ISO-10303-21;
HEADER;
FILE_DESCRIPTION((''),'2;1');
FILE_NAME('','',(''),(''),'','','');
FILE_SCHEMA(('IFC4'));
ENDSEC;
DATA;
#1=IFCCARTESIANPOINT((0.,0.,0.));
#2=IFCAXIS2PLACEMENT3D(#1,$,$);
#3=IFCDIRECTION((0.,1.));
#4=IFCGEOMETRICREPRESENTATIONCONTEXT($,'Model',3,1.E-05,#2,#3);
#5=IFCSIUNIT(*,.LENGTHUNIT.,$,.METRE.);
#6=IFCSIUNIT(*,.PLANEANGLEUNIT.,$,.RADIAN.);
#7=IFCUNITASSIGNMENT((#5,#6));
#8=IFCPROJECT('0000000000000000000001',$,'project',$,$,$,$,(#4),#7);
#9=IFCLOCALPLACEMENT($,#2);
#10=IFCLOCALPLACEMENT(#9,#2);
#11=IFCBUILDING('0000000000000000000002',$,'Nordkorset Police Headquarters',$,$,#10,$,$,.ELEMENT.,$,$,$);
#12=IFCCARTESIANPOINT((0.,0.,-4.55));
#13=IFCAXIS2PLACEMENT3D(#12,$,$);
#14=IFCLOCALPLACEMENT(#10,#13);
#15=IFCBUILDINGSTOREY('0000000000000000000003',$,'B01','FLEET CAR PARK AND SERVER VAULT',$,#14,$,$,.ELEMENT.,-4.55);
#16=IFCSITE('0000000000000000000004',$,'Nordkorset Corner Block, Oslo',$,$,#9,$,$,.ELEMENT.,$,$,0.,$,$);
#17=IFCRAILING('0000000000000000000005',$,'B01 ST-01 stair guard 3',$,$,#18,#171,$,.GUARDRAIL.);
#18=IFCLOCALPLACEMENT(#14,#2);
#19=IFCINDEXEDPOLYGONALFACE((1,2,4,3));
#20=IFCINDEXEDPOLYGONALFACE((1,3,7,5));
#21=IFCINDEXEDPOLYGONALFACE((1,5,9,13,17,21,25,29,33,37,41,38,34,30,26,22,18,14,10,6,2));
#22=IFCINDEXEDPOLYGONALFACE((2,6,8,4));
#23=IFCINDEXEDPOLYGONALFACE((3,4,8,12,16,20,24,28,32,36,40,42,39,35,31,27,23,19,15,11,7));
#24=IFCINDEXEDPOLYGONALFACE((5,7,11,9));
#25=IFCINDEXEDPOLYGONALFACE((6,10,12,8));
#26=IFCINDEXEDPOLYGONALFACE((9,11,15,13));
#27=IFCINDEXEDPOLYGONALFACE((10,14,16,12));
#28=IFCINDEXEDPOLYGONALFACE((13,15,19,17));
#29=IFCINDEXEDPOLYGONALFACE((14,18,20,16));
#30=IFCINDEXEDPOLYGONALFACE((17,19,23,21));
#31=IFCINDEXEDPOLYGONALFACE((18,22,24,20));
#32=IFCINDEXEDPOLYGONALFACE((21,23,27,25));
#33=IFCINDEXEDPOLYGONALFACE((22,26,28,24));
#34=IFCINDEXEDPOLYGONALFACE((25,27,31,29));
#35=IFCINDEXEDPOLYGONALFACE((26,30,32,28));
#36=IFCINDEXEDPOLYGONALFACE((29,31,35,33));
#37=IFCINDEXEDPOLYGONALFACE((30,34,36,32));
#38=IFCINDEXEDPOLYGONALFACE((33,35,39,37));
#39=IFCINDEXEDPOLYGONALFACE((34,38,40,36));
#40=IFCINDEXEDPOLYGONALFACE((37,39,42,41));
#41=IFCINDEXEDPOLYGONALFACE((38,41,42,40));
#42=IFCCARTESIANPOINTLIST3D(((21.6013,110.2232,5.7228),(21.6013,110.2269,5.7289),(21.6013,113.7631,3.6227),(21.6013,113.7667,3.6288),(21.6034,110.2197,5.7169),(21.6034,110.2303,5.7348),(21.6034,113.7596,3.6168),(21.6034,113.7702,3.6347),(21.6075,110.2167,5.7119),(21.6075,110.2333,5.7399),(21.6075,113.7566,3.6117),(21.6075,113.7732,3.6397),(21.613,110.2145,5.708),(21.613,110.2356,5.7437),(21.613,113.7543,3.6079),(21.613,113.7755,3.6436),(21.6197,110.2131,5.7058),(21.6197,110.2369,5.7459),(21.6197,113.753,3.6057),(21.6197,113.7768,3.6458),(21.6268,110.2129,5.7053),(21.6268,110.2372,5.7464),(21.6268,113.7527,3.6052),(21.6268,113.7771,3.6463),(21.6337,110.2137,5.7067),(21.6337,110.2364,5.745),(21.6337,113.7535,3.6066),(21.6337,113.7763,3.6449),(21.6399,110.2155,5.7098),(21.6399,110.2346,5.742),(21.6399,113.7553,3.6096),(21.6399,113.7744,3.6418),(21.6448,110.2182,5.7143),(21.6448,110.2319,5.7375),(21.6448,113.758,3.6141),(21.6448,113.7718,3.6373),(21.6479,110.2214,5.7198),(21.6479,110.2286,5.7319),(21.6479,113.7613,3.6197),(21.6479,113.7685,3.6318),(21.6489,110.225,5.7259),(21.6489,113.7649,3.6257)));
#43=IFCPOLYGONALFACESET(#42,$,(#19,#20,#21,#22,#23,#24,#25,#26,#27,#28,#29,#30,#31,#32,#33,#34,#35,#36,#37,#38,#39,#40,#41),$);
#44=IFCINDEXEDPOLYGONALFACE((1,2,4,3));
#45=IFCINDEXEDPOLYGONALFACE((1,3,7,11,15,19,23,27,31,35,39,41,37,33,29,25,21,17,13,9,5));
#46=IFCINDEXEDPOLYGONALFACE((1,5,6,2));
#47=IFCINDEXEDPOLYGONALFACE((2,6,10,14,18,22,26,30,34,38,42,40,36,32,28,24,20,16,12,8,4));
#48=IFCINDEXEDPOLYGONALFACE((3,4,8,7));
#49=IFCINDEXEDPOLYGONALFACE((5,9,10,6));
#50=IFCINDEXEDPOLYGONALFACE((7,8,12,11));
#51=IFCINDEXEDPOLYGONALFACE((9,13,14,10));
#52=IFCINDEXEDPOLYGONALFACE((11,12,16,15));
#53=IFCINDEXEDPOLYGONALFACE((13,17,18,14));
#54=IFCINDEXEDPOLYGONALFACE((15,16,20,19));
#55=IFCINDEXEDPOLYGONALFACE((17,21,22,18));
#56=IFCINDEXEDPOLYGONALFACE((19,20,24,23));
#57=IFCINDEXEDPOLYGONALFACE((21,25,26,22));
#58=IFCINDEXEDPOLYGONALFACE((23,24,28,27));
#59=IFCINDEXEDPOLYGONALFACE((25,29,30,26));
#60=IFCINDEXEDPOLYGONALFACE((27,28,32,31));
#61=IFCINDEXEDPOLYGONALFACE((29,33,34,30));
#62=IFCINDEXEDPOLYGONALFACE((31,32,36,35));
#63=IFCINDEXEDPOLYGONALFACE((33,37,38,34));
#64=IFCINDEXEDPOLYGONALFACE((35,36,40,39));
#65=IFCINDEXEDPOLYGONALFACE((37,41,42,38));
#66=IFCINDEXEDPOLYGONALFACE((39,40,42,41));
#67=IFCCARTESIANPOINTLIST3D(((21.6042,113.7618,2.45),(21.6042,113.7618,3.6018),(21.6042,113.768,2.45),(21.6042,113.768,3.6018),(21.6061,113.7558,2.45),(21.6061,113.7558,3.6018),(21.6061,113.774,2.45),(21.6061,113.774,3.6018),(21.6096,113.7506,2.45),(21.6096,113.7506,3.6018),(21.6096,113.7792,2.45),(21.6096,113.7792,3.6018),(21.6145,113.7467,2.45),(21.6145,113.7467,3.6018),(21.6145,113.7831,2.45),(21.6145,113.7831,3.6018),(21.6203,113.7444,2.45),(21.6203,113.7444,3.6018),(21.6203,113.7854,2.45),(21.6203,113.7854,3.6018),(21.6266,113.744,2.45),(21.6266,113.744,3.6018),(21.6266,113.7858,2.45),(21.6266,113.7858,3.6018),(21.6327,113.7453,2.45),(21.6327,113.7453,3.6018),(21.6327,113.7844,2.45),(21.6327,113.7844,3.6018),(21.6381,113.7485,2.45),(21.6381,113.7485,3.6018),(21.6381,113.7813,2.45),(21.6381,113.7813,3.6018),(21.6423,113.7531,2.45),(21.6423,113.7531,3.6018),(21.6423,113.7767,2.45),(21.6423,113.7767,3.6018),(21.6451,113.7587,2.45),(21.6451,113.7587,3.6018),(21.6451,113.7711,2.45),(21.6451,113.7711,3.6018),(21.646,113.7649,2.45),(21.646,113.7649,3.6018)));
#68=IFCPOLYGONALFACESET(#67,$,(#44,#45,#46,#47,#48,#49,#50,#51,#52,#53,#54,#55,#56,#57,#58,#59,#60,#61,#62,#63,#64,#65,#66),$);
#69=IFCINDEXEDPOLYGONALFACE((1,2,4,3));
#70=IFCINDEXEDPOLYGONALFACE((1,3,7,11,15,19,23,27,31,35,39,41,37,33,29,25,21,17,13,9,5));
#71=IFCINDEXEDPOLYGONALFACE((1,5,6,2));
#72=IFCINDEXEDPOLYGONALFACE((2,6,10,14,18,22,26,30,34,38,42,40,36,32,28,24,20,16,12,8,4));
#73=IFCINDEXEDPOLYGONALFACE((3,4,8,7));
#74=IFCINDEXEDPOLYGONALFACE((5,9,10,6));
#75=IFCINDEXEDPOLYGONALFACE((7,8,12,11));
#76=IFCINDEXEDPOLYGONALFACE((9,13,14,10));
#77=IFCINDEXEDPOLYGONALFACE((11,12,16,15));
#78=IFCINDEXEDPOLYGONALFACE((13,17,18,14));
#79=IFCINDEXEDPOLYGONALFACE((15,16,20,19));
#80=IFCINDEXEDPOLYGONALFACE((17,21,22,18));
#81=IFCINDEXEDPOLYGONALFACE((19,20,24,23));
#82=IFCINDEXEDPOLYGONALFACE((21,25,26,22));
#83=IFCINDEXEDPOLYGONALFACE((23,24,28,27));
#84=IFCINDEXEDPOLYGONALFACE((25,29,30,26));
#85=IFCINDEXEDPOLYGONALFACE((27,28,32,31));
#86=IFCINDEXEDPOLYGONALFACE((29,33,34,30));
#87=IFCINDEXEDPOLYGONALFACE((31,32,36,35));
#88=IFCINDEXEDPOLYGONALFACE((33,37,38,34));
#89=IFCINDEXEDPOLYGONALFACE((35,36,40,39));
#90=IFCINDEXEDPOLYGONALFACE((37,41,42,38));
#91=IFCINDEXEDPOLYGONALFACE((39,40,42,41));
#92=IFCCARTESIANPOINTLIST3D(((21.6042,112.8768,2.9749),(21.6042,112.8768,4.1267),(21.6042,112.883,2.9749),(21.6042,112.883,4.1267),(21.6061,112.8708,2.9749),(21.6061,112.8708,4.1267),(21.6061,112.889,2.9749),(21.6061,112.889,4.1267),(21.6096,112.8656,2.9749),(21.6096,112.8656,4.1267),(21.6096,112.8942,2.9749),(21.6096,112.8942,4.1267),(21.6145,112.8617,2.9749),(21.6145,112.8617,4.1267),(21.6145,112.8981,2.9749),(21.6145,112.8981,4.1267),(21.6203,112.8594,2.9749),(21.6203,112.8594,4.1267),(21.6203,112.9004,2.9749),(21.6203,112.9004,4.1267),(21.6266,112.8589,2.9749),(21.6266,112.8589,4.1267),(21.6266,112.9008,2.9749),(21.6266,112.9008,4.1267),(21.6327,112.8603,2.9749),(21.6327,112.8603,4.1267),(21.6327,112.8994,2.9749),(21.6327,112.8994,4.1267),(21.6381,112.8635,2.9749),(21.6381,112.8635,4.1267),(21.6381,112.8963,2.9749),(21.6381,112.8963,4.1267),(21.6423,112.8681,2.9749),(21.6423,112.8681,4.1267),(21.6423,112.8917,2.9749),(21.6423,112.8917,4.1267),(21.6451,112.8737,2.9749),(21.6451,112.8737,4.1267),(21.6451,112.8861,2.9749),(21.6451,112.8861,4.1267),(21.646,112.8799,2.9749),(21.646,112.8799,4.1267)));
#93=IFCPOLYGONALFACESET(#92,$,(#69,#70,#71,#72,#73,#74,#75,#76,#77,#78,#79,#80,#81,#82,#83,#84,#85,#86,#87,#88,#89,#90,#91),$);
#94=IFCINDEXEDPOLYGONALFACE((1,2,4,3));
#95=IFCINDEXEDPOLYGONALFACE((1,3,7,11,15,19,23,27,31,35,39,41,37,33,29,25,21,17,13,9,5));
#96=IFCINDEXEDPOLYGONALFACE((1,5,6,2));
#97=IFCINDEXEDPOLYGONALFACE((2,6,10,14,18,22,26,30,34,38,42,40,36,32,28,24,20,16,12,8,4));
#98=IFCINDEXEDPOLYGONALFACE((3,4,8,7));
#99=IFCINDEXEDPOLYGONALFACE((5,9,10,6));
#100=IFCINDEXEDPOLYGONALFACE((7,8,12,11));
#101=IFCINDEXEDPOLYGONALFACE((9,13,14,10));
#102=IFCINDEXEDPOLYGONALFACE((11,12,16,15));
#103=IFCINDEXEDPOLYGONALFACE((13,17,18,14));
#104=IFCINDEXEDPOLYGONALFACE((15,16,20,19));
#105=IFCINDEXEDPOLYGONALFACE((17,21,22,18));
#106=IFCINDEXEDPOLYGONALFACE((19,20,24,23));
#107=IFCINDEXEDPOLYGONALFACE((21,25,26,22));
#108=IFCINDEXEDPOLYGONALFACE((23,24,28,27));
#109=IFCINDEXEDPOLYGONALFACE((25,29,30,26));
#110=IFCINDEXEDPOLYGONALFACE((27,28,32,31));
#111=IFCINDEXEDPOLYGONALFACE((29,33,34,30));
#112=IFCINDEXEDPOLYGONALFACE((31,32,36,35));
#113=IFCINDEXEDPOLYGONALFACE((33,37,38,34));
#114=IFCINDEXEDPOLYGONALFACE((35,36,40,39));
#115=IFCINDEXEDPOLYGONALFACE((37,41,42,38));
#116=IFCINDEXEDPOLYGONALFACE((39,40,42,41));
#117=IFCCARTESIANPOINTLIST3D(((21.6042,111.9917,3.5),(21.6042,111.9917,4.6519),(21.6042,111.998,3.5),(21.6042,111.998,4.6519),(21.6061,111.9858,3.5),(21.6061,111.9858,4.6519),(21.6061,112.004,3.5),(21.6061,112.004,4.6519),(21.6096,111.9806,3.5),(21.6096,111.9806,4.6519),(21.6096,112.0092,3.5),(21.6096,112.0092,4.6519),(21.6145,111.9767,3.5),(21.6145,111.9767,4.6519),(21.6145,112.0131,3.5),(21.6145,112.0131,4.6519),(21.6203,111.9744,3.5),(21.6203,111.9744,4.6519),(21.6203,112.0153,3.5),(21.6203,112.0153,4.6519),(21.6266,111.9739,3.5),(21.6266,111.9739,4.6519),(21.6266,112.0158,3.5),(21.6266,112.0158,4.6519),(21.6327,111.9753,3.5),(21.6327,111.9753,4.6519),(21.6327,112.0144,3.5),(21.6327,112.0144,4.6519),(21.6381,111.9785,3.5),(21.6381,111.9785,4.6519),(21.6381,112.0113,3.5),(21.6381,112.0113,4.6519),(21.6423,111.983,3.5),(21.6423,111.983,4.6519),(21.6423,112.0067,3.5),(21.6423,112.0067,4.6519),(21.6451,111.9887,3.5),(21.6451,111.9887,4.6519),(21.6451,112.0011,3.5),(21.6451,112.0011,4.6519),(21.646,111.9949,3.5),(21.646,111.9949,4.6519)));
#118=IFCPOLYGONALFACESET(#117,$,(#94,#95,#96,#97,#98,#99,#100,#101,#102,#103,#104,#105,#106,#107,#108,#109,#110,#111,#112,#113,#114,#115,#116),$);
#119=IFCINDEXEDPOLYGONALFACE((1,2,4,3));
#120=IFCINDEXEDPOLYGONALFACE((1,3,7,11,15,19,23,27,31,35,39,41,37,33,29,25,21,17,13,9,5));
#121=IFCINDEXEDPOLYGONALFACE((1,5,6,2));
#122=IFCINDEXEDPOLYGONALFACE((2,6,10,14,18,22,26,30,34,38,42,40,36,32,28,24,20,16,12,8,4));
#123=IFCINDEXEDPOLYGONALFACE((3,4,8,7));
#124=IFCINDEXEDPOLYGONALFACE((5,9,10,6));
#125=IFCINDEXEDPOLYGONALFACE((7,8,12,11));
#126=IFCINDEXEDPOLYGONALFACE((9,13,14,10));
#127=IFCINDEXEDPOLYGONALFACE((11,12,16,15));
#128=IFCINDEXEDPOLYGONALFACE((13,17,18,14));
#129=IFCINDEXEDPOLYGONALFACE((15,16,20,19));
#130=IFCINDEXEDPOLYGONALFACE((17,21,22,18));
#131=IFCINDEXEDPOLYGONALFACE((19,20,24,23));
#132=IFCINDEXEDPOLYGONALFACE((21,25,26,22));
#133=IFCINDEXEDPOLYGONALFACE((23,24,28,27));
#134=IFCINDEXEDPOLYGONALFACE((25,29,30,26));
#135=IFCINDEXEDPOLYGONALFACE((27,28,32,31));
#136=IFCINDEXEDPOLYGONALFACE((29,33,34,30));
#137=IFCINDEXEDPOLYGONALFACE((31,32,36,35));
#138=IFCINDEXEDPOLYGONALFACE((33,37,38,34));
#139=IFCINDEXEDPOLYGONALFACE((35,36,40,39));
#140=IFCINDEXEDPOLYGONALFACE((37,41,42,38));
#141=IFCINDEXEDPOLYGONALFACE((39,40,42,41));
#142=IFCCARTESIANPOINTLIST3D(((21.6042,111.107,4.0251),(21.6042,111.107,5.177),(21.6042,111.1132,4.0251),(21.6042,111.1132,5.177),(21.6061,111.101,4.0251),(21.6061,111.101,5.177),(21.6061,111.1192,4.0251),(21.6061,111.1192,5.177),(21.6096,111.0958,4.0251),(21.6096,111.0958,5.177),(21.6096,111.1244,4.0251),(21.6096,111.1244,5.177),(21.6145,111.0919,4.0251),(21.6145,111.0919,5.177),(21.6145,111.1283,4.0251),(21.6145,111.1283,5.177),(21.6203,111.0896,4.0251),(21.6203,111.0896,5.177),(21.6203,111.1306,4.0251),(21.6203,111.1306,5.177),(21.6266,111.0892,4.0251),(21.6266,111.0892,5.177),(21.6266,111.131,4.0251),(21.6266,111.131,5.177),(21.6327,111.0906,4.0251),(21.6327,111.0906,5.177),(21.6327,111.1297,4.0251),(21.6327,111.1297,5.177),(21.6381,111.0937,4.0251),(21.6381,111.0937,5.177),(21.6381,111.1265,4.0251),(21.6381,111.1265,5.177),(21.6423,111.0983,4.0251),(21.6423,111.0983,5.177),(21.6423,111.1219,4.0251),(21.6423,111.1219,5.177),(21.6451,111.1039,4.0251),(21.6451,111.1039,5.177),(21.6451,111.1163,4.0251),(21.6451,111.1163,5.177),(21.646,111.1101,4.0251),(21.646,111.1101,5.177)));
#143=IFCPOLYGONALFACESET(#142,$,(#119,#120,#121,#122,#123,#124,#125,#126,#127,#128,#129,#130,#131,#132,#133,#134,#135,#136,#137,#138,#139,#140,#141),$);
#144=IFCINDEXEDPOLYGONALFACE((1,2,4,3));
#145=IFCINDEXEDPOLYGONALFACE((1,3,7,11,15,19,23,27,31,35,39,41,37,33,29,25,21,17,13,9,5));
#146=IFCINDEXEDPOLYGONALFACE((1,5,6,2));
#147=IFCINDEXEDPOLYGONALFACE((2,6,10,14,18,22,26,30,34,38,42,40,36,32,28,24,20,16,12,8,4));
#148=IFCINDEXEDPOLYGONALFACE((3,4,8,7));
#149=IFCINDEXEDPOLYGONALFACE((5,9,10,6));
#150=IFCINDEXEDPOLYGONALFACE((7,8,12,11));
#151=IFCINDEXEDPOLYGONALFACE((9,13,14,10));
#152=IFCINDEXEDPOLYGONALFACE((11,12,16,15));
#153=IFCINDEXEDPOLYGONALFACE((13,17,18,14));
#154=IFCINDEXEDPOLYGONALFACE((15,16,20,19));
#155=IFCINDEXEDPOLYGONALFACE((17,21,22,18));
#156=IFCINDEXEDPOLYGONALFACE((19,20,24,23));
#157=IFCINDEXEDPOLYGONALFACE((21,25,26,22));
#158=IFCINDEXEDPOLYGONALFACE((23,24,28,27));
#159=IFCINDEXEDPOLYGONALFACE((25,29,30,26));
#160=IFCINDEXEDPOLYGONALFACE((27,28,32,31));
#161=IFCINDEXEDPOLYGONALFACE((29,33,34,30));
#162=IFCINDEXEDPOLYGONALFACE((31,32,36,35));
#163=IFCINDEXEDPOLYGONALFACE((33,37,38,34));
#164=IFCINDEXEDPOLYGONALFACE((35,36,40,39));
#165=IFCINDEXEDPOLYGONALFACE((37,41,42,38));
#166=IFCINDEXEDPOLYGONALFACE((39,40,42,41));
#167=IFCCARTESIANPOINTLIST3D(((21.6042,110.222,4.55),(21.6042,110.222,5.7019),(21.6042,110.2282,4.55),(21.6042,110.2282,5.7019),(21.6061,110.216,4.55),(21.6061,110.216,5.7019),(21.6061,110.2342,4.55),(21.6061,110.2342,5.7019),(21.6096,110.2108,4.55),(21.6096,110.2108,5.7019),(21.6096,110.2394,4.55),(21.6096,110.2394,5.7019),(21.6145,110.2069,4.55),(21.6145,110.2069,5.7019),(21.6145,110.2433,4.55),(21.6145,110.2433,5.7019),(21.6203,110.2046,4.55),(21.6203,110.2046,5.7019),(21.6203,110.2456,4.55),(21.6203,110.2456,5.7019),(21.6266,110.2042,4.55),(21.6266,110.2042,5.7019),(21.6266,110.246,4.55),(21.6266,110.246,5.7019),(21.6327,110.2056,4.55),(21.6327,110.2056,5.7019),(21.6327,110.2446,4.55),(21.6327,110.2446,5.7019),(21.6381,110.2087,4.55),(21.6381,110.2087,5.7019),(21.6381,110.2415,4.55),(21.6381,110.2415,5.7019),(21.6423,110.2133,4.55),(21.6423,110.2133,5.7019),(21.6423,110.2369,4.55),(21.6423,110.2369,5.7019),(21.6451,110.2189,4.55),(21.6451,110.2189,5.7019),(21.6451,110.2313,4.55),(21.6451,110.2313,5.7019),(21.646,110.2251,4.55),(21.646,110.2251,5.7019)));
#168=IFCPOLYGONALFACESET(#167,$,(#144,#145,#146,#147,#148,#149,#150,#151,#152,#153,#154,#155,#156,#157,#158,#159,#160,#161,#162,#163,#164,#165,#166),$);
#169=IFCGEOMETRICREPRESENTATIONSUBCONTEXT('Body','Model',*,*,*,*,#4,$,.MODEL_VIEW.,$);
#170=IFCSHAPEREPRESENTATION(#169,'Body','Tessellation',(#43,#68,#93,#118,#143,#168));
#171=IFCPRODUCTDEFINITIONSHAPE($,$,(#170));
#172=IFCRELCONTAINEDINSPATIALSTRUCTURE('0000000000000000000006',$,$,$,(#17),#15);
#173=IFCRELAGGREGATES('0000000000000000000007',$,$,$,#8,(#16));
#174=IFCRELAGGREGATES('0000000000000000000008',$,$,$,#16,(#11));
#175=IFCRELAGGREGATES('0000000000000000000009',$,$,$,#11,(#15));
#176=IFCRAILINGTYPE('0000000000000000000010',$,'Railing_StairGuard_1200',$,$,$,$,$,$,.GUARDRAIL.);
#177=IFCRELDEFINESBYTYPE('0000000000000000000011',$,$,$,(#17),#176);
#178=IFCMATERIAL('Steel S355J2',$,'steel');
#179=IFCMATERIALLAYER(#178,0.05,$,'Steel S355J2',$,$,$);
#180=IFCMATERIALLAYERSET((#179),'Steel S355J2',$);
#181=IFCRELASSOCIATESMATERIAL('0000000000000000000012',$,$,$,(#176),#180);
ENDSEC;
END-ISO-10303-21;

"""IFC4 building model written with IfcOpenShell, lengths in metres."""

from ifc_helpers import new_model, si_unit, direction, frame, origin, origin_2d, place, context, subcontext, project, spatial, circle, extrude, material, layer, layer_set, type_object, element, save


model = new_model("IFC4")

# Units and contexts
model_context = context("Model", 3, precision=1e-05, world=origin(), true_north=direction((0.0, 1.0)))
body_context = subcontext(model_context, "Body", "Model", "MODEL_VIEW")
ifc_project = project(units=[si_unit("LENGTHUNIT", "METRE"), si_unit("PLANEANGLEUNIT", "RADIAN")], contexts=[model_context])

# Site, building, storey
site_placement = place(None, origin())
site = spatial("IfcSite", under=ifc_project, at=site_placement, Name="Nordkorset Corner Block, Oslo", CompositionType="ELEMENT", RefElevation=0.0)
building_placement = place(site_placement, origin())
building = spatial("IfcBuilding", under=site, at=building_placement, Name="Nordkorset Police Headquarters", CompositionType="ELEMENT")
storey_placement = place(building_placement, frame((0.0, 0.0, -4.55)))
storey = spatial("IfcBuildingStorey", under=building, at=storey_placement, Name="B01", Description="FLEET CAR PARK AND SERVER VAULT", CompositionType="ELEMENT", Elevation=-4.55)

# Railing
ifc_material_1 = material(Name="Steel S355J2", Category="steel")
ifc_layer_1 = layer(ifc_material_1, 0.05, Name="Steel S355J2")
ifc_layer_set_1 = layer_set([ifc_layer_1], Name="Steel S355J2")
railing_type_1 = type_object("IfcRailingType", Name="Railing_StairGuard_1200", PredefinedType="GUARDRAIL", material=ifc_layer_set_1)
railing_1_placement = place(storey_placement, frame((21.625, 113.7649, 2.45)))
element("IfcRailing", 1, at=railing_1_placement, inside=storey, type_object=railing_type_1, Name="B01 ST-01 stair guard 3", PredefinedType="GUARDRAIL", context=body_context, shape_type="SweptSolid", body=[
    extrude(circle(Radius=0.0239, at=origin_2d()), frame((0.0, 0.0, 1.1758), z_axis=(0.0, -0.860031, 0.510241), x_axis=(1.0, 0.0, 0.0)), (0.0, 0.0, 1.0), 4.116),
    extrude(circle(Radius=0.021, at=origin_2d()), origin(), (0.0, 0.0, 1.0), 1.1519),
    extrude(circle(Radius=0.021, at=origin_2d()), frame((0.0, -0.885, 0.5249)), (0.0, 0.0, 1.0), 1.1519),
    extrude(circle(Radius=0.021, at=origin_2d()), frame((0.0, -1.77, 1.05)), (0.0, 0.0, 1.0), 1.1519),
    extrude(circle(Radius=0.021, at=origin_2d()), frame((0.0, -2.6548, 1.5752)), (0.0, 0.0, 1.0), 1.1519),
    extrude(circle(Radius=0.021, at=origin_2d()), frame((0.0, -3.5398, 2.1001)), (0.0, 0.0, 1.0), 1.1519),
])

save(model, "model.ifc")
